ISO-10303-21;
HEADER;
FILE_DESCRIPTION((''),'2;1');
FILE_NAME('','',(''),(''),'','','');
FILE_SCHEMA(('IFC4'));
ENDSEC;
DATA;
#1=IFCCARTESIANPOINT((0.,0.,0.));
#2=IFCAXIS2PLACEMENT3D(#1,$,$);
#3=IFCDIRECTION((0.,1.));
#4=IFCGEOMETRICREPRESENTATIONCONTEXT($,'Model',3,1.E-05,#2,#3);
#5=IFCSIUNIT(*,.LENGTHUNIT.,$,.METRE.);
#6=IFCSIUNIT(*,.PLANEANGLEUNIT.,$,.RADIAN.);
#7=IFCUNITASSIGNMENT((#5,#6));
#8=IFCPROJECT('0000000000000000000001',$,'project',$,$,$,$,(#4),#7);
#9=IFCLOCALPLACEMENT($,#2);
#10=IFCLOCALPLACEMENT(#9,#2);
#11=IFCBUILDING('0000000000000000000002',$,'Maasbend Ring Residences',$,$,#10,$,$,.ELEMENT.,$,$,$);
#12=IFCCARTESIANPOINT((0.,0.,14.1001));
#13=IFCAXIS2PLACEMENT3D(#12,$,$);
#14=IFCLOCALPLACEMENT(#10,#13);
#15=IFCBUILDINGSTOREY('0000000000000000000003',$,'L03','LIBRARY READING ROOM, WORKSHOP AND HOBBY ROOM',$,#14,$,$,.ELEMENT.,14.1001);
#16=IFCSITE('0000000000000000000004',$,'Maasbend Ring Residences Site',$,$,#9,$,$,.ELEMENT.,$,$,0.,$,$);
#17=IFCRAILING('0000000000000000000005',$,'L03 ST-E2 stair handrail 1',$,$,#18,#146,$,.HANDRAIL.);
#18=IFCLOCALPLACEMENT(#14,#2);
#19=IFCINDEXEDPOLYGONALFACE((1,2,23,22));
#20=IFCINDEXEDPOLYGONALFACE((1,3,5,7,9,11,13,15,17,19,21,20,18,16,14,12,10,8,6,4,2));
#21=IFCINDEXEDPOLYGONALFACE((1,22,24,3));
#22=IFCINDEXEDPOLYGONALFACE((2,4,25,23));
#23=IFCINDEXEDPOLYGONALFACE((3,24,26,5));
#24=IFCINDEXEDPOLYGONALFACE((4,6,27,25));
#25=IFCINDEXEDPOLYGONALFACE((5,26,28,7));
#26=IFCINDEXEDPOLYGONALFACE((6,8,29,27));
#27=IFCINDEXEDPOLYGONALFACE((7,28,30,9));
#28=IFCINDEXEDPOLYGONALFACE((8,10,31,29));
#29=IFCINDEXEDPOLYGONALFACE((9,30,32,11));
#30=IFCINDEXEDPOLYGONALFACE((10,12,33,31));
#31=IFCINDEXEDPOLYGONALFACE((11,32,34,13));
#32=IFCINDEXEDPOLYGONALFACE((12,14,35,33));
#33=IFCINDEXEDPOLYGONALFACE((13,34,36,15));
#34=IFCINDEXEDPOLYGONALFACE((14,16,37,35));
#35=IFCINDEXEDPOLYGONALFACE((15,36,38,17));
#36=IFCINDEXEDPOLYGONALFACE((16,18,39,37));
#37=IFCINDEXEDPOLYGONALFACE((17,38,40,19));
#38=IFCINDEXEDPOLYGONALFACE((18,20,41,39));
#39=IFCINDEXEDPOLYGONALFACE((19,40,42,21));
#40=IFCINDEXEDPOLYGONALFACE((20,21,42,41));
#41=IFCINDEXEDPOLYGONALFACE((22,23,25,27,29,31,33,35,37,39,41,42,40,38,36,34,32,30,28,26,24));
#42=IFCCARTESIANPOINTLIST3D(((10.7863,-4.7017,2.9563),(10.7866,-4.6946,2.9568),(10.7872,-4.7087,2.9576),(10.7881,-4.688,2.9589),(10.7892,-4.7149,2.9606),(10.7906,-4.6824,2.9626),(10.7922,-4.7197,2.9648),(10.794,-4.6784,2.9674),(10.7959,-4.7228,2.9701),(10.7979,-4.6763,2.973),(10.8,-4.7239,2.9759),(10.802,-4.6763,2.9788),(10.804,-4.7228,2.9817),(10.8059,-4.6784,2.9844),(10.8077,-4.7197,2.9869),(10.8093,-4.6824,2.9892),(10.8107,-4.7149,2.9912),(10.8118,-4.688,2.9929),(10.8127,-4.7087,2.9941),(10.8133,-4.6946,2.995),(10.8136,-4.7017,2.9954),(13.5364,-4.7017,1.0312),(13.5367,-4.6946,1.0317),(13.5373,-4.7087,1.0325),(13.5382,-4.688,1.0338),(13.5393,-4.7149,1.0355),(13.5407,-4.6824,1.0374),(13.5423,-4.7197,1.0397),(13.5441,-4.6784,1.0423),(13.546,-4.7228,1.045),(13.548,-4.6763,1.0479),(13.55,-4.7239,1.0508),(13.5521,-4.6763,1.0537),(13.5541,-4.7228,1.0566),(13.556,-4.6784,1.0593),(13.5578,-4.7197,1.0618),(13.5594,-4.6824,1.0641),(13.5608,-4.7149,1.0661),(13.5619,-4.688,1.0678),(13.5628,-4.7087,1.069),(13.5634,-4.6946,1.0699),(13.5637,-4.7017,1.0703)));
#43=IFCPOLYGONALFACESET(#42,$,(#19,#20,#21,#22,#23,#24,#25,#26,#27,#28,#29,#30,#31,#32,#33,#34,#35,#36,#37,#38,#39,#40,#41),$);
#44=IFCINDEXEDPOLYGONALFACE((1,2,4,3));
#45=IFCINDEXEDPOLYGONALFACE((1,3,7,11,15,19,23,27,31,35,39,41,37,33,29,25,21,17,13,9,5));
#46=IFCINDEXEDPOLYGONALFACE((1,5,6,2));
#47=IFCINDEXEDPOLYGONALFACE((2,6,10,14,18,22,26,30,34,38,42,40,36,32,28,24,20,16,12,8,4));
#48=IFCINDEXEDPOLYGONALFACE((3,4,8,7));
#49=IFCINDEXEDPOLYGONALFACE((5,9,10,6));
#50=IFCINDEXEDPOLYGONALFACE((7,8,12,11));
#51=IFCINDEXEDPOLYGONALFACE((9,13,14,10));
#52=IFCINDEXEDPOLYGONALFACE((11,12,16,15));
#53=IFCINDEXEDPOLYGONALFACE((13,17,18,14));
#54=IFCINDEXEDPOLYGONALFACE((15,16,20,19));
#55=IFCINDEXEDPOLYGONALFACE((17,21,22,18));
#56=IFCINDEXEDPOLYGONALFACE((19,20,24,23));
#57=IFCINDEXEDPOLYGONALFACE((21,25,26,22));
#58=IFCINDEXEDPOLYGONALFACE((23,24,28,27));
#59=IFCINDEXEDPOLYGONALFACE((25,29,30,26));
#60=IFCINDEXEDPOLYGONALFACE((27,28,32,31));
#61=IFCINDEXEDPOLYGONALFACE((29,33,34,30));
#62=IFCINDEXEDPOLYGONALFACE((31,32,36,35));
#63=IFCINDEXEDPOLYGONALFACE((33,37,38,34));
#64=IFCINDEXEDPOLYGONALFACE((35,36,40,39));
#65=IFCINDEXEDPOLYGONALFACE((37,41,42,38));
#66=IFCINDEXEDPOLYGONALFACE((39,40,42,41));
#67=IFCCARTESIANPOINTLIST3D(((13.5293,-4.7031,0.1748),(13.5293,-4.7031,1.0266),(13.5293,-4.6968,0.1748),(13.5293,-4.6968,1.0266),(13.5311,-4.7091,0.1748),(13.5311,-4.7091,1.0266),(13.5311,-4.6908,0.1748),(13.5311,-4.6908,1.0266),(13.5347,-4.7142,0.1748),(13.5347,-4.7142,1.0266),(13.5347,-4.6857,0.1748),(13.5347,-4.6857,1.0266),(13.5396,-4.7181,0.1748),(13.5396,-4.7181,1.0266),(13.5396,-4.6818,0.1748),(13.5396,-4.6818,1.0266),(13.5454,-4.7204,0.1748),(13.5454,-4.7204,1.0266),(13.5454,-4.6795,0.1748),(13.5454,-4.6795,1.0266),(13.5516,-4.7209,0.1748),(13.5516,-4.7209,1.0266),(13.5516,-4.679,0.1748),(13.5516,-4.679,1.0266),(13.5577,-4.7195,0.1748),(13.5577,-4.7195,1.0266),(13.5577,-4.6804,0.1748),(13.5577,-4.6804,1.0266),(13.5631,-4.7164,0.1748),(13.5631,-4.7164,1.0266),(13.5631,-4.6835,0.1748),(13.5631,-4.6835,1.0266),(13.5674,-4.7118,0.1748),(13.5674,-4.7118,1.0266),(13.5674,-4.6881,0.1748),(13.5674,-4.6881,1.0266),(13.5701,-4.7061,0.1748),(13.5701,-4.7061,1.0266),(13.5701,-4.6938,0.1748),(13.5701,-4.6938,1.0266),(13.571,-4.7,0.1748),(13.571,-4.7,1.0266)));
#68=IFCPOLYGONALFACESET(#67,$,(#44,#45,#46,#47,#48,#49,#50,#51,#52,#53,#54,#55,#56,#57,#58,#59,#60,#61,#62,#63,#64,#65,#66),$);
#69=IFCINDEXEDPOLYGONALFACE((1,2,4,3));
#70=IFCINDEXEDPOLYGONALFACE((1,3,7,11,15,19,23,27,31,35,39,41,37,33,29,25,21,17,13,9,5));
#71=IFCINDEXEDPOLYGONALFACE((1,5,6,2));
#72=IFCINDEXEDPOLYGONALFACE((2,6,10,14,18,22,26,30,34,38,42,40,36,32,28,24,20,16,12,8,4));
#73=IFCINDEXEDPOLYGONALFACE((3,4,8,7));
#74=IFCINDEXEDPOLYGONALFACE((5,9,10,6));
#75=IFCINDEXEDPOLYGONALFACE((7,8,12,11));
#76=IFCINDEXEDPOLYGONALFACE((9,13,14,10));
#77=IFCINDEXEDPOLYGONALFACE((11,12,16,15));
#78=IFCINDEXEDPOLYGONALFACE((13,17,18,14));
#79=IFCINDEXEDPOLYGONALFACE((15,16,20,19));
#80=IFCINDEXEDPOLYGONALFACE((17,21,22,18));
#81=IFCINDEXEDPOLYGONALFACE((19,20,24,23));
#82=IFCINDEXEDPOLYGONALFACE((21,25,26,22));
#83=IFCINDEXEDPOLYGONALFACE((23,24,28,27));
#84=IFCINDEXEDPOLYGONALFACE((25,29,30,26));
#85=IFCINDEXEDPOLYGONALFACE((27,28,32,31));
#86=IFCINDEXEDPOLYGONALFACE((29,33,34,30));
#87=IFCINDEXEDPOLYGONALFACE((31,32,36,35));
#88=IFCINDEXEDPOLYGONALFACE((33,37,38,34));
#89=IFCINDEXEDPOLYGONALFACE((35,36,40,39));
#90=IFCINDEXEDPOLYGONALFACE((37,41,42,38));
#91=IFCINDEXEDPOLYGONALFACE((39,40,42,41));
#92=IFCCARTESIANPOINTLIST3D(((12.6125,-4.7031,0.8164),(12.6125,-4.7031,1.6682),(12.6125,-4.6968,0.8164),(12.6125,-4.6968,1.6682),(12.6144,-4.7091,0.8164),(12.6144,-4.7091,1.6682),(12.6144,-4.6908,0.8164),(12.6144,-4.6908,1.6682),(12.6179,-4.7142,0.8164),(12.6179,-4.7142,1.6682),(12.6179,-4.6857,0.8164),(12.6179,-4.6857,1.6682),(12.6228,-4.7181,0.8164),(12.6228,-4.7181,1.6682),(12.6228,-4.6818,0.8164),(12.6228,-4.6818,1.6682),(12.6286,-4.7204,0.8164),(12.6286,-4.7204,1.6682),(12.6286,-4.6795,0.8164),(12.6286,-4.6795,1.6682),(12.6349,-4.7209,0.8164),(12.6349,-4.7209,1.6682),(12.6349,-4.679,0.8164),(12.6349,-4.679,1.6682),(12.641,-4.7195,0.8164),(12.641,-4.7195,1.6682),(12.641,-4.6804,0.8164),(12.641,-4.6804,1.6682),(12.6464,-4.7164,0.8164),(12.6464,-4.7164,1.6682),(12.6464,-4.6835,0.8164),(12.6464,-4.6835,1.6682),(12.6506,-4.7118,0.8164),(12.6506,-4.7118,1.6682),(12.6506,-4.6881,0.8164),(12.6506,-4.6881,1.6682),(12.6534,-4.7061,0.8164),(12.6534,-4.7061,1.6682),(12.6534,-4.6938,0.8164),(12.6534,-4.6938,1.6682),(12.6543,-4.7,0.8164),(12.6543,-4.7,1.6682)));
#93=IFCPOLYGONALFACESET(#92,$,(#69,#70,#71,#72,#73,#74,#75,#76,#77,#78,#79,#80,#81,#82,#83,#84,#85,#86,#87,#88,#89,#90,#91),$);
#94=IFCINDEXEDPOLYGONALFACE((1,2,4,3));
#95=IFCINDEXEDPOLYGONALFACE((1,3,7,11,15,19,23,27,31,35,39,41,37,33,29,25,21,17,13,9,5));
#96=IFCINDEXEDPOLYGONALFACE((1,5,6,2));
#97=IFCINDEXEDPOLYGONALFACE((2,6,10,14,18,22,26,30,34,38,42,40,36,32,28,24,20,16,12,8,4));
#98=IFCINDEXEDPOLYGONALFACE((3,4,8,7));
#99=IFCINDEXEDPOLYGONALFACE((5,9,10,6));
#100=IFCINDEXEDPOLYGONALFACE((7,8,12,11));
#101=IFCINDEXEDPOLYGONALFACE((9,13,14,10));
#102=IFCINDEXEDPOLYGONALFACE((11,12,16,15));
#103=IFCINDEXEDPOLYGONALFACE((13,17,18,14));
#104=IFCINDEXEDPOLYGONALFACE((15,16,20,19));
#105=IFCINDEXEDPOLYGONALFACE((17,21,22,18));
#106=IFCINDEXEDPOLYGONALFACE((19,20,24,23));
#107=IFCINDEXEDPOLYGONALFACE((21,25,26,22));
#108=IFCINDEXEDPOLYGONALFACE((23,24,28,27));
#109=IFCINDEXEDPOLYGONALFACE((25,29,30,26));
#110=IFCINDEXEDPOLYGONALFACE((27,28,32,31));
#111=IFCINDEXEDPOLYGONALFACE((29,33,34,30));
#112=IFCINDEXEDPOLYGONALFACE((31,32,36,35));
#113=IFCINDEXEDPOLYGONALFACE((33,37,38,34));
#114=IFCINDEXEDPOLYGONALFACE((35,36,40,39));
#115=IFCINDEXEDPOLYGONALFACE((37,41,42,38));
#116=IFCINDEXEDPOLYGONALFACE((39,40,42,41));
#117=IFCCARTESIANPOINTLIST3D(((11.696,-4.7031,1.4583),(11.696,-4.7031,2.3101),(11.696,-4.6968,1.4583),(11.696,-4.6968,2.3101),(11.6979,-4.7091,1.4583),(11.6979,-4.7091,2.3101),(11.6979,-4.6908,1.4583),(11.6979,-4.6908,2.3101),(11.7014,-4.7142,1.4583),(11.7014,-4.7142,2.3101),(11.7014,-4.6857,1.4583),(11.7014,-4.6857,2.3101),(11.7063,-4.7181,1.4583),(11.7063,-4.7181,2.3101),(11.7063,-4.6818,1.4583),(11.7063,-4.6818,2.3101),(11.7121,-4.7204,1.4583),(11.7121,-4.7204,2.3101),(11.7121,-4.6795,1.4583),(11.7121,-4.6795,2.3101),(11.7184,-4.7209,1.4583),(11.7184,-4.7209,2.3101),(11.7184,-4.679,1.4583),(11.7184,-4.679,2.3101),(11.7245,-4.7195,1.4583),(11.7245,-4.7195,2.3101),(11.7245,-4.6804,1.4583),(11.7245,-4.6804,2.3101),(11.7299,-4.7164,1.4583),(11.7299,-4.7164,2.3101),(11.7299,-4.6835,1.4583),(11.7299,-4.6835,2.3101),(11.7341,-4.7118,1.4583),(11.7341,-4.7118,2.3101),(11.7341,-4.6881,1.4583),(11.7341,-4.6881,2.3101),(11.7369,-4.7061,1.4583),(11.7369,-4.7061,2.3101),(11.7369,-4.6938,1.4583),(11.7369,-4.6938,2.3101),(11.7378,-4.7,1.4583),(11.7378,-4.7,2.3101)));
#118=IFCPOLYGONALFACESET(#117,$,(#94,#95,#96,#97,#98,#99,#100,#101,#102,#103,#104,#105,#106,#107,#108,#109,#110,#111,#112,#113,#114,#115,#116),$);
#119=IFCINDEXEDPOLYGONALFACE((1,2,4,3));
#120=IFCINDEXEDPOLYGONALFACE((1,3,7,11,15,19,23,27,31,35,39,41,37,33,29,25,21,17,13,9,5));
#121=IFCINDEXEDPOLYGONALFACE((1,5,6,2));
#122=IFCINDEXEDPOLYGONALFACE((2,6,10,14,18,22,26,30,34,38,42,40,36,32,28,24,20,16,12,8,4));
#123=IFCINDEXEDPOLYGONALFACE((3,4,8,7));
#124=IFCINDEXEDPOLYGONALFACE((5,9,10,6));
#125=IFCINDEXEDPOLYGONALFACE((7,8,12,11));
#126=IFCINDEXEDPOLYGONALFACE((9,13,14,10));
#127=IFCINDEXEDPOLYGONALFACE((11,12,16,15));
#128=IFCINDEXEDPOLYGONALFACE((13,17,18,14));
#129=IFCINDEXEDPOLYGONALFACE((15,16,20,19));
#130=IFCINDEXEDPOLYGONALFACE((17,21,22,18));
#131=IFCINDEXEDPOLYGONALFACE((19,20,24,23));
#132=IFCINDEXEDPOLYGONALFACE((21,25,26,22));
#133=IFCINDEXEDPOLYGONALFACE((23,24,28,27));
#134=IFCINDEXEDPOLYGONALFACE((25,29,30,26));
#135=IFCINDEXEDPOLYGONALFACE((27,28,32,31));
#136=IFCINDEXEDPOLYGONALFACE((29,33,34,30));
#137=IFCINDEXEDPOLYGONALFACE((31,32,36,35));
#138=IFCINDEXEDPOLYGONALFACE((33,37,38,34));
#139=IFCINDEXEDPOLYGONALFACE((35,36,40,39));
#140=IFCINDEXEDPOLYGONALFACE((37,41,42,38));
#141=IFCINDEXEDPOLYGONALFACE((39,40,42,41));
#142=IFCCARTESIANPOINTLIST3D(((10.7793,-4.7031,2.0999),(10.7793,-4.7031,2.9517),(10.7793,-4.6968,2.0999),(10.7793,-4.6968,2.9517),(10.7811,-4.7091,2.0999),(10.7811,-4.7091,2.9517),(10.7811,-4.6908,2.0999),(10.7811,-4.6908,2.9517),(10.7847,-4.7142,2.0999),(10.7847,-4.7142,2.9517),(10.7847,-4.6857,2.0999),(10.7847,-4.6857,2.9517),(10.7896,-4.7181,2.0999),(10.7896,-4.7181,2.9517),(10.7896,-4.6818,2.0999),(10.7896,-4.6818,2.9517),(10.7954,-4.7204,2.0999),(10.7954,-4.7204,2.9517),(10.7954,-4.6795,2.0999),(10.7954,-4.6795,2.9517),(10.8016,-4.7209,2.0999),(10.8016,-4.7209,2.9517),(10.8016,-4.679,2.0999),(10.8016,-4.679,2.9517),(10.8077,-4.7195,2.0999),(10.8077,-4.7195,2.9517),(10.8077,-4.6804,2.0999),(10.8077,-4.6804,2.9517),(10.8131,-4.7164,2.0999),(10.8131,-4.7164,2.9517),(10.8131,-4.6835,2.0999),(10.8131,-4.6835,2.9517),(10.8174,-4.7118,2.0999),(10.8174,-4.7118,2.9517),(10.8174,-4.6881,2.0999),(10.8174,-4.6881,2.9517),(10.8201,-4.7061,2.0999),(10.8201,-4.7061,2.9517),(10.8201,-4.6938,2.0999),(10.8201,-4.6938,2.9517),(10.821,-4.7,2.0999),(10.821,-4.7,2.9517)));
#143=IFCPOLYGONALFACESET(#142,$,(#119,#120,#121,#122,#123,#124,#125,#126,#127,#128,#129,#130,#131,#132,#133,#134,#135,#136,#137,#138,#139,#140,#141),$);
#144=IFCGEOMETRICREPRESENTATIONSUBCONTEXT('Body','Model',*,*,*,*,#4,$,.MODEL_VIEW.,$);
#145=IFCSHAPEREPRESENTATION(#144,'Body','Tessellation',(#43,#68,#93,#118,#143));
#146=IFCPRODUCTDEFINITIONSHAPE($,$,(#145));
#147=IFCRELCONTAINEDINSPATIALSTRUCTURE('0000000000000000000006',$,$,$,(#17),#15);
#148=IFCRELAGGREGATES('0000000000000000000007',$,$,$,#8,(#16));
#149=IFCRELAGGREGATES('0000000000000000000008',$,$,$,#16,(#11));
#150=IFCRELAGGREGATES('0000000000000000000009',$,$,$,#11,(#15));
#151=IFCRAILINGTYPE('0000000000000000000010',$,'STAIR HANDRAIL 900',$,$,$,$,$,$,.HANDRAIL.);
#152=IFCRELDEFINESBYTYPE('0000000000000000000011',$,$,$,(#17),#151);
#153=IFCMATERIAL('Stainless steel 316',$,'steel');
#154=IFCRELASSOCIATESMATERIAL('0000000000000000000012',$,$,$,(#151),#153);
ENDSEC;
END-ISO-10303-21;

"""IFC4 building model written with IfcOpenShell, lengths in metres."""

from ifc_helpers import new_model, si_unit, direction, frame, origin, origin_2d, place, context, subcontext, project, spatial, circle, extrude, material, type_object, element, save


model = new_model("IFC4")

# Units and contexts
model_context = context("Model", 3, precision=1e-05, world=origin(), true_north=direction((0.0, 1.0)))
body_context = subcontext(model_context, "Body", "Model", "MODEL_VIEW")
ifc_project = project(units=[si_unit("LENGTHUNIT", "METRE"), si_unit("PLANEANGLEUNIT", "RADIAN")], contexts=[model_context])

# Site, building, storey
site_placement = place(None, origin())
site = spatial("IfcSite", under=ifc_project, at=site_placement, Name="Maasbend Ring Residences Site", CompositionType="ELEMENT", RefElevation=0.0)
building_placement = place(site_placement, origin())
building = spatial("IfcBuilding", under=site, at=building_placement, Name="Maasbend Ring Residences", CompositionType="ELEMENT")
storey_placement = place(building_placement, frame((0.0, 0.0, 14.1001)))
storey = spatial("IfcBuildingStorey", under=building, at=storey_placement, Name="L03", Description="LIBRARY READING ROOM, WORKSHOP AND HOBBY ROOM", CompositionType="ELEMENT", Elevation=14.1001)

# Railing
ifc_material_1 = material(Name="Stainless steel 316", Category="steel")
railing_type = type_object("IfcRailingType", Name="STAIR HANDRAIL 900", PredefinedType="HANDRAIL", material=ifc_material_1)
railing_1_placement = place(storey_placement, frame((13.55, -4.7, 0.1748)))
element("IfcRailing", 1, at=railing_1_placement, inside=storey, type_object=railing_type, Name="L03 ST-E2 stair handrail 1", PredefinedType="HANDRAIL", context=body_context, shape_type="SweptSolid", body=[
    extrude(circle(Radius=0.0239, at=origin_2d()), frame((0.0, 0.0, 0.876), z_axis=(-0.819225, 0.0, 0.573472), x_axis=(0.0, -1.0, 0.0)), (0.0, 0.0, 1.0), 3.3569),
    extrude(circle(Radius=0.021, at=origin_2d()), origin(), (0.0, 0.0, 1.0), 0.8518),
    extrude(circle(Radius=0.021, at=origin_2d()), frame((-0.9167, 0.0, 0.6416)), (0.0, 0.0, 1.0), 0.8518),
    extrude(circle(Radius=0.021, at=origin_2d()), frame((-1.8333, 0.0, 1.2834)), (0.0, 0.0, 1.0), 0.8518),
    extrude(circle(Radius=0.021, at=origin_2d()), frame((-2.75, 0.0, 1.925)), (0.0, 0.0, 1.0), 0.8518),
])

save(model, "model.ifc")
